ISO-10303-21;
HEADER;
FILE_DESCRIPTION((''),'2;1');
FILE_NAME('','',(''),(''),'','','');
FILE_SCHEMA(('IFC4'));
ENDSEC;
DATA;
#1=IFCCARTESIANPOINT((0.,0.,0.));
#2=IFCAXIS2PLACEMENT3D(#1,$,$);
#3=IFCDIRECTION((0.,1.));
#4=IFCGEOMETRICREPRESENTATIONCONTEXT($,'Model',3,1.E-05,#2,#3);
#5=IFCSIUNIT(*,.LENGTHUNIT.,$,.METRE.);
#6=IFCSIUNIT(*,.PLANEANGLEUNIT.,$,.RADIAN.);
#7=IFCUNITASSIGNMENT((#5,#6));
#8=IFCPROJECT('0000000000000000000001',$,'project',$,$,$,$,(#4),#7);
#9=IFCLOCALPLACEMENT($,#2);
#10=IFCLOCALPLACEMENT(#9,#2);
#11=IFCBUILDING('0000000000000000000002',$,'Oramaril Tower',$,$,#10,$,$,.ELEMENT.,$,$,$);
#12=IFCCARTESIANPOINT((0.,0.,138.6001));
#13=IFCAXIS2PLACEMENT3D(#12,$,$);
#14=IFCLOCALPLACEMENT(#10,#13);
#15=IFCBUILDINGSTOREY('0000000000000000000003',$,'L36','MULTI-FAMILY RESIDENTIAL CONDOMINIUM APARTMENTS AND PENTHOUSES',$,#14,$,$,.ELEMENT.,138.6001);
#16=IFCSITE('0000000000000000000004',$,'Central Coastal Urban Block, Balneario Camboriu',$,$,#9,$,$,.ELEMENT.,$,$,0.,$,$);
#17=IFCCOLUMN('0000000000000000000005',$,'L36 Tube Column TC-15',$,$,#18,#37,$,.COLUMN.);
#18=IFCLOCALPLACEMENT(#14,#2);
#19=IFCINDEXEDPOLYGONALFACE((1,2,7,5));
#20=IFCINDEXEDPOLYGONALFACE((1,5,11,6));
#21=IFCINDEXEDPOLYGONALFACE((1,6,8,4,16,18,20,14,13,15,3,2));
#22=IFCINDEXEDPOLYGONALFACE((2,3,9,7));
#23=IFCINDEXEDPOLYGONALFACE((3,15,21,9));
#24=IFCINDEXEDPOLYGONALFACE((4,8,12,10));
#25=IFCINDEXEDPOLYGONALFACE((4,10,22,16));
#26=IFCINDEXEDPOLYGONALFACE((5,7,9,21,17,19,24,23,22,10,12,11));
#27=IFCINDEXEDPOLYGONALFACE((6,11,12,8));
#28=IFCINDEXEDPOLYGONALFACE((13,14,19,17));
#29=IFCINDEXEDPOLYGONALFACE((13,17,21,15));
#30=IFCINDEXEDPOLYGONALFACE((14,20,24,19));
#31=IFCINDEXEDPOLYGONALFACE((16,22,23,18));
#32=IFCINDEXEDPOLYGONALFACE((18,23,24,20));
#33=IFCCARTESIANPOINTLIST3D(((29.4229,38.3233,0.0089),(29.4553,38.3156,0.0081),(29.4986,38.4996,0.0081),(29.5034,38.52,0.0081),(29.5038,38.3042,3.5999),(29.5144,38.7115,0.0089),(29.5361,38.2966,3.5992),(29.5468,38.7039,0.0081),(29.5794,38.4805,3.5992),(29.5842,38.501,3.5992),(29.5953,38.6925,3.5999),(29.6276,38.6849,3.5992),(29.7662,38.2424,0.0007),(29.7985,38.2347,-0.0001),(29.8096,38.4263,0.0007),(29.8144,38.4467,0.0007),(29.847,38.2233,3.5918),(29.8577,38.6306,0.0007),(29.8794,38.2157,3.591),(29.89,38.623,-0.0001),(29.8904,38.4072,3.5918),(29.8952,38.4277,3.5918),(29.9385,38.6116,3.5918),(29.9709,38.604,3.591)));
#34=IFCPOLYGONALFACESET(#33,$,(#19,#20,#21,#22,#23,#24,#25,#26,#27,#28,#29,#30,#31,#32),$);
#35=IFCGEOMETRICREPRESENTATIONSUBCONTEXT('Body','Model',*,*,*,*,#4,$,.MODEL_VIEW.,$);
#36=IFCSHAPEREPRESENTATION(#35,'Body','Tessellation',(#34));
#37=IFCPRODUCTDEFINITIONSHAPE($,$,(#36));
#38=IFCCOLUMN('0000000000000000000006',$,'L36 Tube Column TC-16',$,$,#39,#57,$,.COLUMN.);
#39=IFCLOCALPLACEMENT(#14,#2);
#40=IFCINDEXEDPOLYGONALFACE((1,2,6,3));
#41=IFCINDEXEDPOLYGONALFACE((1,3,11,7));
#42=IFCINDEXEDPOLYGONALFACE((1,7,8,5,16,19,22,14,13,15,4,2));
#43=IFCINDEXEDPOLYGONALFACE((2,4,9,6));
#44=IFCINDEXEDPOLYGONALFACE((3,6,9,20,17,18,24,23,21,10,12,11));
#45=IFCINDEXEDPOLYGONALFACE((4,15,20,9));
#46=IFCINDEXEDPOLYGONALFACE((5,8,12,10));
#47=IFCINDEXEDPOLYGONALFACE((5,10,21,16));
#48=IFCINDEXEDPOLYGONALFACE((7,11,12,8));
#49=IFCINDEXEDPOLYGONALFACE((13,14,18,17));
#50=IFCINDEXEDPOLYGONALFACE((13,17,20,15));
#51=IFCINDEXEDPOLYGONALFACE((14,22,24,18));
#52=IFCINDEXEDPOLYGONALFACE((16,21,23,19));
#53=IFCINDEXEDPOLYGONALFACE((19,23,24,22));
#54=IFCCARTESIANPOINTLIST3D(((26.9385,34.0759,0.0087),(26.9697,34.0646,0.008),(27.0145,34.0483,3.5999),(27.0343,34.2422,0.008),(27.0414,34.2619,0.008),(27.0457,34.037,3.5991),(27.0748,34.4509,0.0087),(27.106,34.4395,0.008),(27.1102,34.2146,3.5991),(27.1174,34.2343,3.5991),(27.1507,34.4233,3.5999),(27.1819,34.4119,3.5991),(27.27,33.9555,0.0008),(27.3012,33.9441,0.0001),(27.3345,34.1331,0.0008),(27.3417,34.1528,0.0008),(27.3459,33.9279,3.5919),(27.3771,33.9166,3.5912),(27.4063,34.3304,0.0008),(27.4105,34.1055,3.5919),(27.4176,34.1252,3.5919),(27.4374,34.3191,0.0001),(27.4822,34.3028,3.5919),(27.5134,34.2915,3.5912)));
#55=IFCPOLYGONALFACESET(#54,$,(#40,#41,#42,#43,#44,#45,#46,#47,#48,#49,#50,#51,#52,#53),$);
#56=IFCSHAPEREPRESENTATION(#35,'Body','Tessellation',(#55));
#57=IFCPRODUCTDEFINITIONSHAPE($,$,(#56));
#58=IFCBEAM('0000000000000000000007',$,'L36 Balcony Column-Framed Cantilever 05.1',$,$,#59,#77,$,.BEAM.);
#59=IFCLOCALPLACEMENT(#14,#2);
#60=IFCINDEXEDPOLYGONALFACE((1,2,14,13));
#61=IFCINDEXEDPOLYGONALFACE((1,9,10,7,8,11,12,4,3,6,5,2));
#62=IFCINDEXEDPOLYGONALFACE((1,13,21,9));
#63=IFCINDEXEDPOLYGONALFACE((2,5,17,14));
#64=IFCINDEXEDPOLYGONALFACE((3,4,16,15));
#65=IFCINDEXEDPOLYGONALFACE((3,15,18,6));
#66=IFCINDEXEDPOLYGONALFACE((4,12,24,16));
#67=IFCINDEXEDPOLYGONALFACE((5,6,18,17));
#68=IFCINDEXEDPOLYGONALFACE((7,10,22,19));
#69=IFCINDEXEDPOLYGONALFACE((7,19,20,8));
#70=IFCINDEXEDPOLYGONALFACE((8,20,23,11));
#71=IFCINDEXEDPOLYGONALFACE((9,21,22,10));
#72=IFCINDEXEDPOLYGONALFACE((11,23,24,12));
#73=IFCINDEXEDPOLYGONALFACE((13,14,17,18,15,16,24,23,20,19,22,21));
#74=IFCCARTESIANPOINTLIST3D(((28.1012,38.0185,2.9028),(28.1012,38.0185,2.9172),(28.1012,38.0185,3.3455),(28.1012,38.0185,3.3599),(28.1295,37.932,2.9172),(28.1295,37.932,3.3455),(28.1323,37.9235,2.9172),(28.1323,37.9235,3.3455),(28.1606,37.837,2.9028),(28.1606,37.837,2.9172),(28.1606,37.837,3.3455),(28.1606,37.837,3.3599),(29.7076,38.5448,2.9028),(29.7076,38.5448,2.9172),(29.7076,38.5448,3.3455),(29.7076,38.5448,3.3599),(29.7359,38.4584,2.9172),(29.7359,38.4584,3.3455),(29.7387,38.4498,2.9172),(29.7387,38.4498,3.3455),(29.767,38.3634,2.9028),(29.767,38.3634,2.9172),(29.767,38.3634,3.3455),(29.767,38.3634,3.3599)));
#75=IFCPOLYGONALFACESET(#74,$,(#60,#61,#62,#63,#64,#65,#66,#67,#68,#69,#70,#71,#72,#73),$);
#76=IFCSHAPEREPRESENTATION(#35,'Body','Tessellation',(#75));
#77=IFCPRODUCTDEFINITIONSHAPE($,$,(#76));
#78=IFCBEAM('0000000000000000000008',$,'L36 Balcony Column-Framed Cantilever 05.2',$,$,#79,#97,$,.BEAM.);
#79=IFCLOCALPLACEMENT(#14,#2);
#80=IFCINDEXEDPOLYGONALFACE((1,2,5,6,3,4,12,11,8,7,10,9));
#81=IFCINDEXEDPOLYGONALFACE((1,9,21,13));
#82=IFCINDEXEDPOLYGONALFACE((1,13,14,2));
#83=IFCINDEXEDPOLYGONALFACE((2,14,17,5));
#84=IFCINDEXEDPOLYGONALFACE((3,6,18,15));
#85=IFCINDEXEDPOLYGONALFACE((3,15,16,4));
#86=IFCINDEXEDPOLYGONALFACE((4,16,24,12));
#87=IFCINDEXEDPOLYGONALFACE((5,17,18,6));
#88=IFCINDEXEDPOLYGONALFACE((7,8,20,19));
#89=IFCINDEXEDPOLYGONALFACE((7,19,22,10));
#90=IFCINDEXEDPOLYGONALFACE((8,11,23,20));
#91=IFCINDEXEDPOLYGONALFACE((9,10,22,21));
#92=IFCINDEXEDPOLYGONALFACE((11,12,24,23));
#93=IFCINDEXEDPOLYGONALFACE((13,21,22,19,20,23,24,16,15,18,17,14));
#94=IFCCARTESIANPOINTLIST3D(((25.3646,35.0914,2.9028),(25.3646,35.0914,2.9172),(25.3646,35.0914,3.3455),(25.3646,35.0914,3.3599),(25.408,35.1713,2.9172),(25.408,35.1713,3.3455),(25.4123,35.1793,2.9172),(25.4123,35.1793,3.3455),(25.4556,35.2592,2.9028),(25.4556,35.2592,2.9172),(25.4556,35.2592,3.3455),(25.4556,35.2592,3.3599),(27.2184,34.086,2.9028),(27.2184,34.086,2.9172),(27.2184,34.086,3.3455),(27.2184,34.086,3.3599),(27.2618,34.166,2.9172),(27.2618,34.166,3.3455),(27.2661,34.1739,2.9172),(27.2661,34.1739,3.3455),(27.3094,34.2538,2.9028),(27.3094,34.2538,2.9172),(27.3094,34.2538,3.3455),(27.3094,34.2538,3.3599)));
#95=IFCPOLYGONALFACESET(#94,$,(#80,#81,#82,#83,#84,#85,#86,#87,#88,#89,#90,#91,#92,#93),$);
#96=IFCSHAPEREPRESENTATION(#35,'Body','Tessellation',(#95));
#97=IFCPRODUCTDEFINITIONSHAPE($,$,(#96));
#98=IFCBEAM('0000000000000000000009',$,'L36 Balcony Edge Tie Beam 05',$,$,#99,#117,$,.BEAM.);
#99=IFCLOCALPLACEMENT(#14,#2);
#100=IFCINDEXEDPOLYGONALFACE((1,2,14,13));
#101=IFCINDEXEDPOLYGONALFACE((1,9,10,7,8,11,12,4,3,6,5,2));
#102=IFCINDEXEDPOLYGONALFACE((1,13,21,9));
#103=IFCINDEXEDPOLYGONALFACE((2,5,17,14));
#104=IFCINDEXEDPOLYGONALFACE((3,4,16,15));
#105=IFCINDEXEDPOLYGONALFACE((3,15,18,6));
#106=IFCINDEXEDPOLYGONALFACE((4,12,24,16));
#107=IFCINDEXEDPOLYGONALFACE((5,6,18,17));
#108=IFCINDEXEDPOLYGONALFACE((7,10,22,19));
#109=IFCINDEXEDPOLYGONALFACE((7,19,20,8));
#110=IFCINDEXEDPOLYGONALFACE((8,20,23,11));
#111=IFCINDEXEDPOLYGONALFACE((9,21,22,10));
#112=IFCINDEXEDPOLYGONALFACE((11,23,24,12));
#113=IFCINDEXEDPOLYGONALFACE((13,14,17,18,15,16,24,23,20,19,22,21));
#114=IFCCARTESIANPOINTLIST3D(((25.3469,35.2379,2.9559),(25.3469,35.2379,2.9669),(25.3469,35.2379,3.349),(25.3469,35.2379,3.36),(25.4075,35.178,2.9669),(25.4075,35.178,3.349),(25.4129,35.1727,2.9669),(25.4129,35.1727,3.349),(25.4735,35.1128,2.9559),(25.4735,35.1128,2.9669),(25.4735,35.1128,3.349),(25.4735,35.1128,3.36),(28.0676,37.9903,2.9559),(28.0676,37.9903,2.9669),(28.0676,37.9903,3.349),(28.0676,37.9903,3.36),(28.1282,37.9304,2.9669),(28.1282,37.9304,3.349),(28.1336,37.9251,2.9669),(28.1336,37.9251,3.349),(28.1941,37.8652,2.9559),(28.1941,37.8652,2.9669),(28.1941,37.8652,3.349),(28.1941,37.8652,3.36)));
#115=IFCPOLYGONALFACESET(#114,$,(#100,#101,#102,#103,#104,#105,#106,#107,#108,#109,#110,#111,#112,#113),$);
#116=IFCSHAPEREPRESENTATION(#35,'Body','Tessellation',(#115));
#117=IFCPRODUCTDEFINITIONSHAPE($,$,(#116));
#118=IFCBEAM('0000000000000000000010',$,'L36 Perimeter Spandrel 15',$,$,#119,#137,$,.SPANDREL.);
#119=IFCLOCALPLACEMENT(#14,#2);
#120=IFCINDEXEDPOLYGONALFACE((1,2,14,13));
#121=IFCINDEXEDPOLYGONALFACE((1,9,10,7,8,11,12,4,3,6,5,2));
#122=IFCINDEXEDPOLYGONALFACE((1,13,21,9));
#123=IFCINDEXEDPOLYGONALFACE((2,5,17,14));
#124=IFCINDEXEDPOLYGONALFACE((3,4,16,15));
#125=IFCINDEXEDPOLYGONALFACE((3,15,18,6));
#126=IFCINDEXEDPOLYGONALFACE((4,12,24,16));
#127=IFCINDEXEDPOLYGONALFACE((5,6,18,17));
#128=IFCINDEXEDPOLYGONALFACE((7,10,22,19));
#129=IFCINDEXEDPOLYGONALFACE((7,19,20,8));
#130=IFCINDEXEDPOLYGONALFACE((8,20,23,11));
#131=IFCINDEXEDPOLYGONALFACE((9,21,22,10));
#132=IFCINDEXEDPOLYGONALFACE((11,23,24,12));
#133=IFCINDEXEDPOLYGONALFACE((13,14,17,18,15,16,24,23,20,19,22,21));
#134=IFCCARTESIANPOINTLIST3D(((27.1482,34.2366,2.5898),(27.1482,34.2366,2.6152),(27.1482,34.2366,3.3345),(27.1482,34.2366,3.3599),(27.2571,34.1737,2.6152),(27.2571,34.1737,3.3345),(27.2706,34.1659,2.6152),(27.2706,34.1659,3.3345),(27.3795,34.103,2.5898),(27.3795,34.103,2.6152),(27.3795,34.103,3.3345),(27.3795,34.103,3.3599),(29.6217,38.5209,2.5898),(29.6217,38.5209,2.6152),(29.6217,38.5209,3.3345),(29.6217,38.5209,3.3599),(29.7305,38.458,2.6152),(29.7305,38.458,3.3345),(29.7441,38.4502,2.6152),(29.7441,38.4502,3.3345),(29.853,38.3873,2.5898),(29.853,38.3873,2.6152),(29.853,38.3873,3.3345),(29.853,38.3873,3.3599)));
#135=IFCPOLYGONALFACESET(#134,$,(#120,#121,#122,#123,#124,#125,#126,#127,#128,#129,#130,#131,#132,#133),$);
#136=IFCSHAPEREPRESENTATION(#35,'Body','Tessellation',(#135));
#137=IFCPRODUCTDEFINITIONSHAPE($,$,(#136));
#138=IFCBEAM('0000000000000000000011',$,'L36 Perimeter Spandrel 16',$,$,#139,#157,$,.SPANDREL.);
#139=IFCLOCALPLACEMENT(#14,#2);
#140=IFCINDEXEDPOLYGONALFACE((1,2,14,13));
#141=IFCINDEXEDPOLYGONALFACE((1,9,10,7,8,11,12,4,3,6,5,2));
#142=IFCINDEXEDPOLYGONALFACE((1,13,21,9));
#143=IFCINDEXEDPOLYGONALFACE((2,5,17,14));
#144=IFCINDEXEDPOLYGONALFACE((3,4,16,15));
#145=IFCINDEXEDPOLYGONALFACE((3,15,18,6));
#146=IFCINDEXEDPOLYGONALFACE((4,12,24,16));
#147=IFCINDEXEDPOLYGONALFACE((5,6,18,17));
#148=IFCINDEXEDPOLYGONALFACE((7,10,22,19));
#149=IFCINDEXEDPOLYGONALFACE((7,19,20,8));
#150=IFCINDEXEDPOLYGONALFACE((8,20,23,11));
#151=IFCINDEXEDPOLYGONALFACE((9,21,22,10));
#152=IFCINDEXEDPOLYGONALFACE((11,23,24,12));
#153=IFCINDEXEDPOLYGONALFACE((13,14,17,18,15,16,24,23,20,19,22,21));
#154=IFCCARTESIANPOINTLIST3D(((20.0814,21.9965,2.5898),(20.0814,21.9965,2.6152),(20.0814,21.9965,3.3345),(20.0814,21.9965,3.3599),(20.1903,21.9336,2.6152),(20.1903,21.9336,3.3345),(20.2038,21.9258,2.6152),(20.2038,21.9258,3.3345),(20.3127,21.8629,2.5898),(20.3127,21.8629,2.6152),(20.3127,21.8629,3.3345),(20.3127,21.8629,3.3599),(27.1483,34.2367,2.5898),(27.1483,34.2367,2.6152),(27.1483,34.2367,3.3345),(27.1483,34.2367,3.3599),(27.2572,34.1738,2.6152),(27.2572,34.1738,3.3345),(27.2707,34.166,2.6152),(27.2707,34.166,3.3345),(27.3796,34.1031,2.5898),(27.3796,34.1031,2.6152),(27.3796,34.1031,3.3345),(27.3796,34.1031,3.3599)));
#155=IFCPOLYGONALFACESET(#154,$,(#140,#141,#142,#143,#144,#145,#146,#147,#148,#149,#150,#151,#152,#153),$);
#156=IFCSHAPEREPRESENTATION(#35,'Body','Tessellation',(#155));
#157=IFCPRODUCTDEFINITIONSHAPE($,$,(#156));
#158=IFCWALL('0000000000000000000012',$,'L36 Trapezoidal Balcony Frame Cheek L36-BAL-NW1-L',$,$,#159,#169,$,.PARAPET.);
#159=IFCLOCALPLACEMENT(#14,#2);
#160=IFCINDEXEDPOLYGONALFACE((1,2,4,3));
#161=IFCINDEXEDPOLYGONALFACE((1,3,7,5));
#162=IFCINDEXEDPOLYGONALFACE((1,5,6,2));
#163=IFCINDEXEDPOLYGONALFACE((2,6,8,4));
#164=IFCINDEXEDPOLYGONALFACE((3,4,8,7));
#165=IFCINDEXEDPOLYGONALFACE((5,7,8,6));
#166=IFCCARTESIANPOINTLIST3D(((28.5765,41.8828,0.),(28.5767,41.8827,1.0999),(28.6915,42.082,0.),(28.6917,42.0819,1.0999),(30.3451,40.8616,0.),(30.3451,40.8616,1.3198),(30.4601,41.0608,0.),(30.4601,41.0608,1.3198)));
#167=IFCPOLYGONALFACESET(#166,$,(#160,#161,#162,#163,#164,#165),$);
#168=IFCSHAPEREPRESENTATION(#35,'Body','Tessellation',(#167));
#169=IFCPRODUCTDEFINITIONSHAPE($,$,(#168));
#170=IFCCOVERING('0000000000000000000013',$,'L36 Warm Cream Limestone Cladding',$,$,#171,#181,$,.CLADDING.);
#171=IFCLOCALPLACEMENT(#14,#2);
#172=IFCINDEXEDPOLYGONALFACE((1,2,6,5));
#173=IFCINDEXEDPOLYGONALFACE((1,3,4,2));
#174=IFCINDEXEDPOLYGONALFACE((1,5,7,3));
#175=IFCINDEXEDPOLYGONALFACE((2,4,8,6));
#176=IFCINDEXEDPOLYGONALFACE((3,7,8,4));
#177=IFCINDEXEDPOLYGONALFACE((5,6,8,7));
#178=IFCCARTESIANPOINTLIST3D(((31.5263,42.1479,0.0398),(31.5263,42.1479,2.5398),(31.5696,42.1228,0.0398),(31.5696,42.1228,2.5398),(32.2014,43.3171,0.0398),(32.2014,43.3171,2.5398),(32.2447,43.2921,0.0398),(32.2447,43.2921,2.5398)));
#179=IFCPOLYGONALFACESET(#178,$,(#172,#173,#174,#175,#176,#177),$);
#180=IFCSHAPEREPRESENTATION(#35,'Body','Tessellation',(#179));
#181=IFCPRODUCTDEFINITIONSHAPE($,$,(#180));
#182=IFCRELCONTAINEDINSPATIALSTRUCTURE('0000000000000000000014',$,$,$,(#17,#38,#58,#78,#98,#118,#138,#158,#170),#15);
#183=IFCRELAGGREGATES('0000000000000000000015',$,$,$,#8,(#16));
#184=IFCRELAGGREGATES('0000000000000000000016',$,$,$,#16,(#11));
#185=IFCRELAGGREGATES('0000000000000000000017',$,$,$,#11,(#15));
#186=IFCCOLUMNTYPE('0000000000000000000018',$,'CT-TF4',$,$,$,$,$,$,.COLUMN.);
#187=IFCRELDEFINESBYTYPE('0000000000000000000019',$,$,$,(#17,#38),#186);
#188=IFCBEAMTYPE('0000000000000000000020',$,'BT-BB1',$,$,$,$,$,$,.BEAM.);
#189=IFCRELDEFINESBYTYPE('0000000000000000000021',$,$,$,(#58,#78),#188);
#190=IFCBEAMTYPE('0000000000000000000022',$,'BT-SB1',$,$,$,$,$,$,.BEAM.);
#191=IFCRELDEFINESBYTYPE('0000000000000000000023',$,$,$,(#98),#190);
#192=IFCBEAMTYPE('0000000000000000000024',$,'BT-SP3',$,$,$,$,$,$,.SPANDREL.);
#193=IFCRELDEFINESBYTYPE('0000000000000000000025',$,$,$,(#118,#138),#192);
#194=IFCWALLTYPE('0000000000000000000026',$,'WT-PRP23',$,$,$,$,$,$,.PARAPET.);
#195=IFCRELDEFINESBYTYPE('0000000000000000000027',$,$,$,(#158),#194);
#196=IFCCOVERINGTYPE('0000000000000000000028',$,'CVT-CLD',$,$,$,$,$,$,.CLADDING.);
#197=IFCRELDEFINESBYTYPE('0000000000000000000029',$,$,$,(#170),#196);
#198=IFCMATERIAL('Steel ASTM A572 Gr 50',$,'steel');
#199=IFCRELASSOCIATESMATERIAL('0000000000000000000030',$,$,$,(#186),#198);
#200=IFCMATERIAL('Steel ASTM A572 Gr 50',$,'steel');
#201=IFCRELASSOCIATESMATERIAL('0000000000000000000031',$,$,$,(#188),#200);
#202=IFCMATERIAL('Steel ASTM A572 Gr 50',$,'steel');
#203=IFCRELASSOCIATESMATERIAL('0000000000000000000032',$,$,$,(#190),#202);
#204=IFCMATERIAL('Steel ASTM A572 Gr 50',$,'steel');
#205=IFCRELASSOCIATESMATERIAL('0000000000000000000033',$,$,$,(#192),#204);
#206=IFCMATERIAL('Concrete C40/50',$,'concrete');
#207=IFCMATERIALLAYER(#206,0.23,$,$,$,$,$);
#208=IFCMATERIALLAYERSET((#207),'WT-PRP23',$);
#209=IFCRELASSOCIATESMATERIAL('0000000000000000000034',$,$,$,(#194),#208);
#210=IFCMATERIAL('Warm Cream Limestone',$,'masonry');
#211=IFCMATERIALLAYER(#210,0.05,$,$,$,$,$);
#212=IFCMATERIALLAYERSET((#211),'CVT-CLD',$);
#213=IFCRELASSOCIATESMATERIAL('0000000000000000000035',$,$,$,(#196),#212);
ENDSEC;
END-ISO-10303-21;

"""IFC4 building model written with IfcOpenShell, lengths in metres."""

from ifc_helpers import new_model, si_unit, direction, frame, origin, origin_2d, place, context, subcontext, project, spatial, polyline, rectangle, i_section, outline, extrude, material, layer, layer_set, material_profile, profile_set, type_object, element, save


model = new_model("IFC4")

# Units and contexts
model_context = context("Model", 3, precision=1e-05, world=origin(), true_north=direction((0.0, 1.0)))
body_context = subcontext(model_context, "Body", "Model", "MODEL_VIEW")
ifc_project = project(units=[si_unit("LENGTHUNIT", "METRE"), si_unit("PLANEANGLEUNIT", "RADIAN")], contexts=[model_context])

# Site, building, storey
site_placement = place(None, origin())
site = spatial("IfcSite", under=ifc_project, at=site_placement, Name="Central Coastal Urban Block, Balneario Camboriu", CompositionType="ELEMENT", RefElevation=0.0)
building_placement = place(site_placement, origin())
building = spatial("IfcBuilding", under=site, at=building_placement, Name="Oramaril Tower", CompositionType="ELEMENT")
storey_placement = place(building_placement, frame((0.0, 0.0, 138.6001)))
storey = spatial("IfcBuildingStorey", under=building, at=storey_placement, Name="L36", Description="MULTI-FAMILY RESIDENTIAL CONDOMINIUM APARTMENTS AND PENTHOUSES", CompositionType="ELEMENT", Elevation=138.6001)

# Columns
ifc_material_1 = material(Name="Steel ASTM A572 Gr 50", Category="steel")
ifc_material_profile_1 = material_profile(ifc_material_1, i_section(OverallWidth=0.3989, OverallDepth=0.386, WebThickness=0.021, FlangeThickness=0.0332, at=origin_2d()), Name="W14X176")
ifc_profile_set_1 = profile_set([ifc_material_profile_1], Name="Steel ASTM A572 Gr 50")
column_type = type_object("IfcColumnType", Name="CT-TF4", PredefinedType="COLUMN", material=ifc_profile_set_1)
for number, where, z_axis, x_axis, name in (
    (1, (29.6565, 38.4731, 0.0044), (0.022497, -0.005301, 0.999733), (0.229367, 0.97334, 0.0), "L36 Tube Column TC-15"),
    (2, (27.188, 34.1975, 0.0044), (0.021138, -0.00768, 0.999747), (0.3415, 0.939882, 0.0), "L36 Tube Column TC-16"),
):
    element("IfcColumn", number, at=place(storey_placement, frame(where, z_axis=z_axis, x_axis=x_axis)), inside=storey, type_object=column_type, Name=name, PredefinedType="COLUMN", context=body_context, shape_type="SweptSolid", body=[
        extrude(i_section(OverallWidth=0.3989, OverallDepth=0.386, WebThickness=0.021, FlangeThickness=0.0332, at=origin_2d()), origin(), (0.0, 0.0, 1.0), 3.592),
    ])

# Beams
ifc_material_2 = material(Name="Steel ASTM A572 Gr 50", Category="steel")
ifc_material_profile_2 = material_profile(ifc_material_2, i_section(OverallWidth=0.1909, OverallDepth=0.457, WebThickness=0.009, FlangeThickness=0.0144, at=origin_2d()), Name="W18X50")
ifc_profile_set_2 = profile_set([ifc_material_profile_2], Name="Steel ASTM A572 Gr 50")
beam_type_1 = type_object("IfcBeamType", Name="BT-BB1", PredefinedType="BEAM", material=ifc_profile_set_2)
beam_1_placement = place(storey_placement, frame((29.7373, 38.4541, 3.1313), z_axis=(-0.950288, -0.311371, 0.0), x_axis=(0.311371, -0.950288, 0.0)))
element("IfcBeam", 3, at=beam_1_placement, inside=storey, type_object=beam_type_1, Name="L36 Balcony Column-Framed Cantilever 05.1", PredefinedType="BEAM", context=body_context, shape_type="SweptSolid", body=[
    extrude(i_section(OverallWidth=0.1909, OverallDepth=0.457, WebThickness=0.009, FlangeThickness=0.0144, at=origin_2d()), origin(), (0.0, 0.0, 1.0), 1.6904),
])
beam_2_placement = place(storey_placement, frame((27.2639, 34.1699, 3.1313), z_axis=(-0.879043, 0.476742, 0.0), x_axis=(-0.476742, -0.879043, 0.0)))
element("IfcBeam", 4, at=beam_2_placement, inside=storey, type_object=beam_type_1, Name="L36 Balcony Column-Framed Cantilever 05.2", PredefinedType="BEAM", context=body_context, shape_type="SweptSolid", body=[
    extrude(i_section(OverallWidth=0.1909, OverallDepth=0.457, WebThickness=0.009, FlangeThickness=0.0144, at=origin_2d()), origin(), (0.0, 0.0, 1.0), 2.1089),
])
ifc_material_3 = material(Name="Steel ASTM A572 Gr 50", Category="steel")
ifc_material_profile_3 = material_profile(ifc_material_3, i_section(OverallWidth=0.178, OverallDepth=0.4041, WebThickness=0.0076, FlangeThickness=0.011, at=origin_2d()), Name="W16X36")
ifc_profile_set_3 = profile_set([ifc_material_profile_3], Name="Steel ASTM A572 Gr 50")
beam_type_2 = type_object("IfcBeamType", Name="BT-SB1", PredefinedType="BEAM", material=ifc_profile_set_3)
beam_3_placement = place(storey_placement, frame((28.1309, 37.9277, 3.158), z_axis=(-0.702995, -0.711195, 0.0), x_axis=(0.711195, -0.702995, 0.0)))
element("IfcBeam", 5, at=beam_3_placement, inside=storey, type_object=beam_type_2, Name="L36 Balcony Edge Tie Beam 05", PredefinedType="BEAM", context=body_context, shape_type="SweptSolid", body=[
    extrude(i_section(OverallWidth=0.178, OverallDepth=0.4041, WebThickness=0.0076, FlangeThickness=0.011, at=origin_2d()), origin(), (0.0, 0.0, 1.0), 3.8701),
])
ifc_material_4 = material(Name="Steel ASTM A572 Gr 50", Category="steel")
ifc_material_profile_4 = material_profile(ifc_material_4, i_section(OverallWidth=0.2671, OverallDepth=0.77, WebThickness=0.0156, FlangeThickness=0.0254, at=origin_2d()), Name="W30X132")
ifc_profile_set_4 = profile_set([ifc_material_profile_4], Name="Steel ASTM A572 Gr 50")
beam_type_3 = type_object("IfcBeamType", Name="BT-SP3", PredefinedType="SPANDREL", material=ifc_profile_set_4)
beam_4_placement = place(storey_placement, frame((29.7373, 38.4541, 2.9749), z_axis=(-0.499987, -0.866033, 0.0), x_axis=(0.866033, -0.499987, 0.0)))
element("IfcBeam", 6, at=beam_4_placement, inside=storey, type_object=beam_type_3, Name="L36 Perimeter Spandrel 15", PredefinedType="SPANDREL", context=body_context, shape_type="SweptSolid", body=[
    extrude(i_section(OverallWidth=0.2671, OverallDepth=0.77, WebThickness=0.0156, FlangeThickness=0.0254, at=origin_2d()), origin(), (0.0, 0.0, 1.0), 4.947),
])
beam_5_placement = place(storey_placement, frame((27.2639, 34.1699, 2.9749), z_axis=(-0.5, -0.866026, 0.0), x_axis=(0.866026, -0.5, 0.0)))
element("IfcBeam", 7, at=beam_5_placement, inside=storey, type_object=beam_type_3, Name="L36 Perimeter Spandrel 16", PredefinedType="SPANDREL", context=body_context, shape_type="SweptSolid", body=[
    extrude(i_section(OverallWidth=0.2671, OverallDepth=0.77, WebThickness=0.0156, FlangeThickness=0.0254, at=origin_2d()), origin(), (0.0, 0.0, 1.0), 14.1338),
])

# Wall
ifc_material_5 = material(Name="Concrete C40/50", Category="concrete")
ifc_layer_1 = layer(ifc_material_5, 0.23)
ifc_layer_set_1 = layer_set([ifc_layer_1], Name="WT-PRP23")
wall_type = type_object("IfcWallType", Name="WT-PRP23", PredefinedType="PARAPET", material=ifc_layer_set_1)
wall_placement = place(storey_placement, frame((30.4026, 40.9612, 0.0), z_axis=(0.0, 0.0, 1.0), x_axis=(-0.86599, 0.50006, 0.0)))
element("IfcWall", 8, at=wall_placement, inside=storey, type_object=wall_type, Name="L36 Trapezoidal Balcony Frame Cheek L36-BAL-NW1-L", PredefinedType="PARAPET", context=body_context, shape_type="SweptSolid", body=[
    extrude(outline(polyline([(0.0, 0.0), (2.0422, 0.0), (2.042, 1.0999), (0.0, 1.3198), (0.0, 0.0)])), frame((0.0, 0.115, 0.0), z_axis=(0.0, -1.0, 0.0), x_axis=(1.0, 0.0, 0.0)), (0.0, 0.0, 1.0), 0.23),
])

# Covering
ifc_material_6 = material(Name="Warm Cream Limestone", Category="masonry")
ifc_layer_2 = layer(ifc_material_6, 0.05)
ifc_layer_set_2 = layer_set([ifc_layer_2], Name="CVT-CLD")
covering_type = type_object("IfcCoveringType", Name="CVT-CLD", PredefinedType="CLADDING", material=ifc_layer_set_2)
covering_1_placement = place(storey_placement, frame((31.8855, 42.72, 0.0398), z_axis=(0.0, 0.0, 1.0), x_axis=(-0.5, -0.866025, 0.0)))
element("IfcCovering", 9, at=covering_1_placement, inside=storey, type_object=covering_type, Name="L36 Warm Cream Limestone Cladding", PredefinedType="CLADDING", context=body_context, shape_type="SweptSolid", body=[
    extrude(rectangle(XDim=1.3501, YDim=0.05, at=origin_2d()), origin(), (0.0, 0.0, 1.0), 2.5),
])

save(model, "model.ifc")
